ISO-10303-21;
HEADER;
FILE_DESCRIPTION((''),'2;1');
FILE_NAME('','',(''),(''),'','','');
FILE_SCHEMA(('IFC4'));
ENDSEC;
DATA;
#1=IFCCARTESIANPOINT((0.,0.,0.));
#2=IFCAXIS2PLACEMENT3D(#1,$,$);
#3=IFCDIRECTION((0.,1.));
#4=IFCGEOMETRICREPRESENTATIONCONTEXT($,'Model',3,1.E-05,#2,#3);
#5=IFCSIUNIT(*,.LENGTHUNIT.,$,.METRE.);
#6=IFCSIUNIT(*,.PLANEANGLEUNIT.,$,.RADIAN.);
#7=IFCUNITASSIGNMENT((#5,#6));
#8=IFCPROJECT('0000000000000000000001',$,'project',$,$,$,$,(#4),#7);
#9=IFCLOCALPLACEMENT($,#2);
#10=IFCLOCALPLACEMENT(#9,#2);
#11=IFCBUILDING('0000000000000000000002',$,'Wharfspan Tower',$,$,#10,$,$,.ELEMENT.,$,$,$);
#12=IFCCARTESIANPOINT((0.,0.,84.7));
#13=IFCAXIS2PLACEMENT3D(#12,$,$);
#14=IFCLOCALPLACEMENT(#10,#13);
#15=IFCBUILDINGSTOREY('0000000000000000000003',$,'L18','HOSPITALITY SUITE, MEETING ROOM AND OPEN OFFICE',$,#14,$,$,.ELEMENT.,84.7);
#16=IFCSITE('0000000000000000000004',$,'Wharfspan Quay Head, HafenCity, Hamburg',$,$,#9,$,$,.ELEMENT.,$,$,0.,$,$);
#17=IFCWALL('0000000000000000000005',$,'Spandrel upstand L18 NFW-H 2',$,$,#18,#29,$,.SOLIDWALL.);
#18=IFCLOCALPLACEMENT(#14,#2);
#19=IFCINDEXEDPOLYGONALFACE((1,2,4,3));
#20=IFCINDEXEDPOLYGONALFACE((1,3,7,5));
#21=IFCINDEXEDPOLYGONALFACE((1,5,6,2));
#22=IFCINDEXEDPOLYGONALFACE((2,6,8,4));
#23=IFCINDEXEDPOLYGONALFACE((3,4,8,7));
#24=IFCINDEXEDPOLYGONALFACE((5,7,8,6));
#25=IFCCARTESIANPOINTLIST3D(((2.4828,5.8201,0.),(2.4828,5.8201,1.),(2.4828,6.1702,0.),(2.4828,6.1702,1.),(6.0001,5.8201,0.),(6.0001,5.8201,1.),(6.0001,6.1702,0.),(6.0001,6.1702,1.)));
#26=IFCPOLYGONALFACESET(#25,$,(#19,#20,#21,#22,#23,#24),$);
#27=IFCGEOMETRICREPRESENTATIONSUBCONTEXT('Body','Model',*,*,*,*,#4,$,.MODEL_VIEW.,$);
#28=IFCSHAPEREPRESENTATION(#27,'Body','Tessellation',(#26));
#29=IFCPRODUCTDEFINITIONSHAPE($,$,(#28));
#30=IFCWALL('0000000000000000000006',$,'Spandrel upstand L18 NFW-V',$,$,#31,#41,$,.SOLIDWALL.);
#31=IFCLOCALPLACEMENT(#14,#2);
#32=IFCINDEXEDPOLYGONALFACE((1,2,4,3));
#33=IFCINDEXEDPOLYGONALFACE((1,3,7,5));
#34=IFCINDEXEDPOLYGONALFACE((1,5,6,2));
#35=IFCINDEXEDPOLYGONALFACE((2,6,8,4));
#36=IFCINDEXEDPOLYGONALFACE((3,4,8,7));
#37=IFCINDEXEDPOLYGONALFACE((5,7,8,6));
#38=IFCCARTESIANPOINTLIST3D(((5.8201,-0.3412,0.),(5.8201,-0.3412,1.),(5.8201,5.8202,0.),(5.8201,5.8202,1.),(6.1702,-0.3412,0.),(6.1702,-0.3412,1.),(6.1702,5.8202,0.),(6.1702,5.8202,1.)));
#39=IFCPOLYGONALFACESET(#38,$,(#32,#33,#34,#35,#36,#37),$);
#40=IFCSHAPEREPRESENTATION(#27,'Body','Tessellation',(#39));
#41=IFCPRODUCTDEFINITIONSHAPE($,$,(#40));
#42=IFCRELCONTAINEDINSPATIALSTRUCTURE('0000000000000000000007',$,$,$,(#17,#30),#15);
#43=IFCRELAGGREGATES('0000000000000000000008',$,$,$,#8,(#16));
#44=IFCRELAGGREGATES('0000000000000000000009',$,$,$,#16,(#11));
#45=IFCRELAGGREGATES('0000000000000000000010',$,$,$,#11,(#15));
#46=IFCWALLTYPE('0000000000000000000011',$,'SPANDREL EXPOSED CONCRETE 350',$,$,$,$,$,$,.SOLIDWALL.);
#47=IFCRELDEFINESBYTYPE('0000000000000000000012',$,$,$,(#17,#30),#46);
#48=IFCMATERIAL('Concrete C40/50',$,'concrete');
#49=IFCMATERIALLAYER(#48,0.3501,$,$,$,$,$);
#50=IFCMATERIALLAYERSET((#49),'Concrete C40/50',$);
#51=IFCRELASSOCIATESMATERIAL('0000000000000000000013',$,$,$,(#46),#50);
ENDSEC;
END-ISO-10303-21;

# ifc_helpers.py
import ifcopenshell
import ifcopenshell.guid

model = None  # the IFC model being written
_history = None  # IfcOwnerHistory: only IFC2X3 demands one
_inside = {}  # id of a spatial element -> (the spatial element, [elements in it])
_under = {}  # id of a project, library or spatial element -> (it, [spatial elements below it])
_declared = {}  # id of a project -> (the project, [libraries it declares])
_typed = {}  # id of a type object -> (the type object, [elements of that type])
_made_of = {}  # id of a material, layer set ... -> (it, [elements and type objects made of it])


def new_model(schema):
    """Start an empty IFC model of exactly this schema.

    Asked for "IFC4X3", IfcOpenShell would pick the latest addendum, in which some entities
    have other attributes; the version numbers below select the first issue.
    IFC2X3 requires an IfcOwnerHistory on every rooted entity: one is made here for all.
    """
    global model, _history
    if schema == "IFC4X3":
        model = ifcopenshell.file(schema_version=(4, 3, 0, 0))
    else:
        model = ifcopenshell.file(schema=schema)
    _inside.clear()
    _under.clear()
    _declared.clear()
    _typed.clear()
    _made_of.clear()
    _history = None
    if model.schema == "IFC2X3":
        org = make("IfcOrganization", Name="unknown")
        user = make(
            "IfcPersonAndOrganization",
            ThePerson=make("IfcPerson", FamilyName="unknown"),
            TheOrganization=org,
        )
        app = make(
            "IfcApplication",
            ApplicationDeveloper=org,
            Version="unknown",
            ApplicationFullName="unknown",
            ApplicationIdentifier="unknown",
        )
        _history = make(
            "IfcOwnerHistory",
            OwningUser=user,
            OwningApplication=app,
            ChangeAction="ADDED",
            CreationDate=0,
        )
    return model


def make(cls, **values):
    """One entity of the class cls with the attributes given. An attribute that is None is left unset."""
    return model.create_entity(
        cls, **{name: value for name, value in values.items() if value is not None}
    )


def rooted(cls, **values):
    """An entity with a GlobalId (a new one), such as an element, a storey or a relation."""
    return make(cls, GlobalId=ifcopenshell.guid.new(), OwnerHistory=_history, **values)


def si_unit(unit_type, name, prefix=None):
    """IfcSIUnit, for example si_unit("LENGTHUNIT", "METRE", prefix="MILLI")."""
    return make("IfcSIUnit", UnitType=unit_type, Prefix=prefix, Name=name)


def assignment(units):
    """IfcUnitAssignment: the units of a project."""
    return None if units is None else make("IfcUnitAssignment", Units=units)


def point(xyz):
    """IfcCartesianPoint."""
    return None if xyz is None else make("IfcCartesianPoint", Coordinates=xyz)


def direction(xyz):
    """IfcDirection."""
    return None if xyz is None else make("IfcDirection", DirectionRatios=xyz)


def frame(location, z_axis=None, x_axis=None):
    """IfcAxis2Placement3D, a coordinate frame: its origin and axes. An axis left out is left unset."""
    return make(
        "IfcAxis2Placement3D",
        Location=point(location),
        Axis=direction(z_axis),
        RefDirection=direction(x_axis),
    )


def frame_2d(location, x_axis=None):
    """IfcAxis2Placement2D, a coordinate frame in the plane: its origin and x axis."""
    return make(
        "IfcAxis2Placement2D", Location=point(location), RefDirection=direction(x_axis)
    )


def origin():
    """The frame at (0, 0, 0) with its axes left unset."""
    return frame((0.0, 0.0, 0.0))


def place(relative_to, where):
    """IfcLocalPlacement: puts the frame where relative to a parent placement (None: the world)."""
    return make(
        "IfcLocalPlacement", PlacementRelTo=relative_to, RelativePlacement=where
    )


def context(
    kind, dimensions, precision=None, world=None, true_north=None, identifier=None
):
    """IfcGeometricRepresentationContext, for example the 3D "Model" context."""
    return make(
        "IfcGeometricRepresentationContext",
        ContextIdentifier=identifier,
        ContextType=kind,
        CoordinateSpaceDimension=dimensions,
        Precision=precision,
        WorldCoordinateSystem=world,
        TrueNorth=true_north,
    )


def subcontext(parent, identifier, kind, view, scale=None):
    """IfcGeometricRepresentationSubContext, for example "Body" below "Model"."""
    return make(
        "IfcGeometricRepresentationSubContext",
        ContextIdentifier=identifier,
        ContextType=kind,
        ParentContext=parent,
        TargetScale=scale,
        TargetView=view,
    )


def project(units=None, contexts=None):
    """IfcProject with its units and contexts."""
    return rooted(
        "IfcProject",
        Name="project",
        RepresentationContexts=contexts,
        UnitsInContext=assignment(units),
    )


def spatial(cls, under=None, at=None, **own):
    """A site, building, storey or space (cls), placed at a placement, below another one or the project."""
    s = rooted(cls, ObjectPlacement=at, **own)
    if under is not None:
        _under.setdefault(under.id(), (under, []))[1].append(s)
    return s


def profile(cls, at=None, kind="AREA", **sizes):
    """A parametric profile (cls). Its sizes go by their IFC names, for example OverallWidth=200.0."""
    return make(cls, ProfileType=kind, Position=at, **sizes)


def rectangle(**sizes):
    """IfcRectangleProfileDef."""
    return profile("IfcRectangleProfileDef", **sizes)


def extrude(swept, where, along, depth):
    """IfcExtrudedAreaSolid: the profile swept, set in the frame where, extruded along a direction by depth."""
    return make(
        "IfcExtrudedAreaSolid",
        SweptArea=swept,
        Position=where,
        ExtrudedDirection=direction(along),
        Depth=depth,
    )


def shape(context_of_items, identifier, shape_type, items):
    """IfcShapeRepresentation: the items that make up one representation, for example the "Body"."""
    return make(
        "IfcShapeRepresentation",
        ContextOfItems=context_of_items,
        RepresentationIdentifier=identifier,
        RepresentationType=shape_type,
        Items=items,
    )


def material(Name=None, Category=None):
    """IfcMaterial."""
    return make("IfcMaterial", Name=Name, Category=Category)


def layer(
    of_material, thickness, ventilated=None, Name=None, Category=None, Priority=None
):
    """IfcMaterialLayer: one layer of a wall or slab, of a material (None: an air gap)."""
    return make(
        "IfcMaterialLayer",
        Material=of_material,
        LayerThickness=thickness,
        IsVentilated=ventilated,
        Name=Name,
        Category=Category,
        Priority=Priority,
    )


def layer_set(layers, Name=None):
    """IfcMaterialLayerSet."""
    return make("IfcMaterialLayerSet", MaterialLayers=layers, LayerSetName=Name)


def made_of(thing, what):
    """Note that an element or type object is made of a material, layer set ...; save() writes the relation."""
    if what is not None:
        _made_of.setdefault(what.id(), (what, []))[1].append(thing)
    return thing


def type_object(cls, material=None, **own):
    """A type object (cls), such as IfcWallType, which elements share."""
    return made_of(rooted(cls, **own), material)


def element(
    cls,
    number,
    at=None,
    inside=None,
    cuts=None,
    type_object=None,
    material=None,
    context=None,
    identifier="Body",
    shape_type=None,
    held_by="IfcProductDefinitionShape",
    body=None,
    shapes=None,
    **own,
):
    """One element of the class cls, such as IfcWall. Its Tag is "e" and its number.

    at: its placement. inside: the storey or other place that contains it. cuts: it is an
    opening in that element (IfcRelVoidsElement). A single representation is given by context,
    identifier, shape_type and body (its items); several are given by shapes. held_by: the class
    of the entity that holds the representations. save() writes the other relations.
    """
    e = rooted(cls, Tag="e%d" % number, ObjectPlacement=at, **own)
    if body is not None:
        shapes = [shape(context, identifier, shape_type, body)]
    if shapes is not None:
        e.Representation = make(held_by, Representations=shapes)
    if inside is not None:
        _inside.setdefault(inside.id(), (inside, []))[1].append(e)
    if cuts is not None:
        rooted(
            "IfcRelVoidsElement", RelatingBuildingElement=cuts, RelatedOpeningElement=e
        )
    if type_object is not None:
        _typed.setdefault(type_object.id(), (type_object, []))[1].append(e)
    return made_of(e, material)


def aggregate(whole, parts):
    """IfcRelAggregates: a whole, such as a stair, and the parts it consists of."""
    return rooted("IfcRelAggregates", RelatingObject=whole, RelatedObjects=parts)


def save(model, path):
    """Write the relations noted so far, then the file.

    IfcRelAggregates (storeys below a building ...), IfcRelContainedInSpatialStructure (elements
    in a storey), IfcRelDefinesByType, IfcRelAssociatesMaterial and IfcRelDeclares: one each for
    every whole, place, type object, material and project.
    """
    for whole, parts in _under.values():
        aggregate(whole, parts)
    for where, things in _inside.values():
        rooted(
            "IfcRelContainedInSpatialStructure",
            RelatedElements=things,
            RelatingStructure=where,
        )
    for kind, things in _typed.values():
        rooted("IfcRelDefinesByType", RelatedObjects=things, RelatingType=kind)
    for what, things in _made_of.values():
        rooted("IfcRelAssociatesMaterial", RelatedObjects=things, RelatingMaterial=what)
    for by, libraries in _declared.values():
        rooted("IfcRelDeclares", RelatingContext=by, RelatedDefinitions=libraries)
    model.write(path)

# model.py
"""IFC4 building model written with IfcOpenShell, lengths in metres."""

from ifc_helpers import new_model, si_unit, direction, frame, frame_2d, origin, place, context, subcontext, project, spatial, rectangle, extrude, material, layer, layer_set, type_object, element, save


model = new_model("IFC4")

# Units and contexts
model_context = context("Model", 3, precision=1e-05, world=origin(), true_north=direction((0.0, 1.0)))
body_context = subcontext(model_context, "Body", "Model", "MODEL_VIEW")
ifc_project = project(units=[si_unit("LENGTHUNIT", "METRE"), si_unit("PLANEANGLEUNIT", "RADIAN")], contexts=[model_context])

# Site, building, storey
site_placement = place(None, origin())
site = spatial("IfcSite", under=ifc_project, at=site_placement, Name="Wharfspan Quay Head, HafenCity, Hamburg", CompositionType="ELEMENT", RefElevation=0.0)
building_placement = place(site_placement, origin())
building = spatial("IfcBuilding", under=site, at=building_placement, Name="Wharfspan Tower", CompositionType="ELEMENT")
storey_placement = place(building_placement, frame((0.0, 0.0, 84.7)))
storey = spatial("IfcBuildingStorey", under=building, at=storey_placement, Name="L18", Description="HOSPITALITY SUITE, MEETING ROOM AND OPEN OFFICE", CompositionType="ELEMENT", Elevation=84.7)

# Shared definitions
ifc_material_1 = material(Name="Concrete C40/50", Category="concrete")

# Walls
ifc_layer_1 = layer(ifc_material_1, 0.3501)
ifc_layer_set_1 = layer_set([ifc_layer_1], Name="Concrete C40/50")
wall_type_1 = type_object("IfcWallType", Name="SPANDREL EXPOSED CONCRETE 350", PredefinedType="SOLIDWALL", material=ifc_layer_set_1)
wall_1_placement = place(storey_placement, frame((2.4827, 5.9951, 0.0), z_axis=(0.0, 0.0, 1.0), x_axis=(1.0, 0.0, 0.0)))
element("IfcWall", 1, at=wall_1_placement, inside=storey, type_object=wall_type_1, Name="Spandrel upstand L18 NFW-H 2", PredefinedType="SOLIDWALL", context=body_context, shape_type="SweptSolid", body=[
    extrude(rectangle(XDim=3.5173, YDim=0.3501, at=frame_2d((1.7588, 0.0))), origin(), (0.0, 0.0, 1.0), 1.0),
])
wall_2_placement = place(storey_placement, frame((5.9951, 5.8201, 0.0), z_axis=(0.0, 0.0, 1.0), x_axis=(0.0, -1.0, 0.0)))
element("IfcWall", 2, at=wall_2_placement, inside=storey, type_object=wall_type_1, Name="Spandrel upstand L18 NFW-V", PredefinedType="SOLIDWALL", context=body_context, shape_type="SweptSolid", body=[
    extrude(rectangle(XDim=6.1614, YDim=0.3501, at=frame_2d((3.0806, 0.0))), origin(), (0.0, 0.0, 1.0), 1.0),
])

save(model, "model.ifc")
